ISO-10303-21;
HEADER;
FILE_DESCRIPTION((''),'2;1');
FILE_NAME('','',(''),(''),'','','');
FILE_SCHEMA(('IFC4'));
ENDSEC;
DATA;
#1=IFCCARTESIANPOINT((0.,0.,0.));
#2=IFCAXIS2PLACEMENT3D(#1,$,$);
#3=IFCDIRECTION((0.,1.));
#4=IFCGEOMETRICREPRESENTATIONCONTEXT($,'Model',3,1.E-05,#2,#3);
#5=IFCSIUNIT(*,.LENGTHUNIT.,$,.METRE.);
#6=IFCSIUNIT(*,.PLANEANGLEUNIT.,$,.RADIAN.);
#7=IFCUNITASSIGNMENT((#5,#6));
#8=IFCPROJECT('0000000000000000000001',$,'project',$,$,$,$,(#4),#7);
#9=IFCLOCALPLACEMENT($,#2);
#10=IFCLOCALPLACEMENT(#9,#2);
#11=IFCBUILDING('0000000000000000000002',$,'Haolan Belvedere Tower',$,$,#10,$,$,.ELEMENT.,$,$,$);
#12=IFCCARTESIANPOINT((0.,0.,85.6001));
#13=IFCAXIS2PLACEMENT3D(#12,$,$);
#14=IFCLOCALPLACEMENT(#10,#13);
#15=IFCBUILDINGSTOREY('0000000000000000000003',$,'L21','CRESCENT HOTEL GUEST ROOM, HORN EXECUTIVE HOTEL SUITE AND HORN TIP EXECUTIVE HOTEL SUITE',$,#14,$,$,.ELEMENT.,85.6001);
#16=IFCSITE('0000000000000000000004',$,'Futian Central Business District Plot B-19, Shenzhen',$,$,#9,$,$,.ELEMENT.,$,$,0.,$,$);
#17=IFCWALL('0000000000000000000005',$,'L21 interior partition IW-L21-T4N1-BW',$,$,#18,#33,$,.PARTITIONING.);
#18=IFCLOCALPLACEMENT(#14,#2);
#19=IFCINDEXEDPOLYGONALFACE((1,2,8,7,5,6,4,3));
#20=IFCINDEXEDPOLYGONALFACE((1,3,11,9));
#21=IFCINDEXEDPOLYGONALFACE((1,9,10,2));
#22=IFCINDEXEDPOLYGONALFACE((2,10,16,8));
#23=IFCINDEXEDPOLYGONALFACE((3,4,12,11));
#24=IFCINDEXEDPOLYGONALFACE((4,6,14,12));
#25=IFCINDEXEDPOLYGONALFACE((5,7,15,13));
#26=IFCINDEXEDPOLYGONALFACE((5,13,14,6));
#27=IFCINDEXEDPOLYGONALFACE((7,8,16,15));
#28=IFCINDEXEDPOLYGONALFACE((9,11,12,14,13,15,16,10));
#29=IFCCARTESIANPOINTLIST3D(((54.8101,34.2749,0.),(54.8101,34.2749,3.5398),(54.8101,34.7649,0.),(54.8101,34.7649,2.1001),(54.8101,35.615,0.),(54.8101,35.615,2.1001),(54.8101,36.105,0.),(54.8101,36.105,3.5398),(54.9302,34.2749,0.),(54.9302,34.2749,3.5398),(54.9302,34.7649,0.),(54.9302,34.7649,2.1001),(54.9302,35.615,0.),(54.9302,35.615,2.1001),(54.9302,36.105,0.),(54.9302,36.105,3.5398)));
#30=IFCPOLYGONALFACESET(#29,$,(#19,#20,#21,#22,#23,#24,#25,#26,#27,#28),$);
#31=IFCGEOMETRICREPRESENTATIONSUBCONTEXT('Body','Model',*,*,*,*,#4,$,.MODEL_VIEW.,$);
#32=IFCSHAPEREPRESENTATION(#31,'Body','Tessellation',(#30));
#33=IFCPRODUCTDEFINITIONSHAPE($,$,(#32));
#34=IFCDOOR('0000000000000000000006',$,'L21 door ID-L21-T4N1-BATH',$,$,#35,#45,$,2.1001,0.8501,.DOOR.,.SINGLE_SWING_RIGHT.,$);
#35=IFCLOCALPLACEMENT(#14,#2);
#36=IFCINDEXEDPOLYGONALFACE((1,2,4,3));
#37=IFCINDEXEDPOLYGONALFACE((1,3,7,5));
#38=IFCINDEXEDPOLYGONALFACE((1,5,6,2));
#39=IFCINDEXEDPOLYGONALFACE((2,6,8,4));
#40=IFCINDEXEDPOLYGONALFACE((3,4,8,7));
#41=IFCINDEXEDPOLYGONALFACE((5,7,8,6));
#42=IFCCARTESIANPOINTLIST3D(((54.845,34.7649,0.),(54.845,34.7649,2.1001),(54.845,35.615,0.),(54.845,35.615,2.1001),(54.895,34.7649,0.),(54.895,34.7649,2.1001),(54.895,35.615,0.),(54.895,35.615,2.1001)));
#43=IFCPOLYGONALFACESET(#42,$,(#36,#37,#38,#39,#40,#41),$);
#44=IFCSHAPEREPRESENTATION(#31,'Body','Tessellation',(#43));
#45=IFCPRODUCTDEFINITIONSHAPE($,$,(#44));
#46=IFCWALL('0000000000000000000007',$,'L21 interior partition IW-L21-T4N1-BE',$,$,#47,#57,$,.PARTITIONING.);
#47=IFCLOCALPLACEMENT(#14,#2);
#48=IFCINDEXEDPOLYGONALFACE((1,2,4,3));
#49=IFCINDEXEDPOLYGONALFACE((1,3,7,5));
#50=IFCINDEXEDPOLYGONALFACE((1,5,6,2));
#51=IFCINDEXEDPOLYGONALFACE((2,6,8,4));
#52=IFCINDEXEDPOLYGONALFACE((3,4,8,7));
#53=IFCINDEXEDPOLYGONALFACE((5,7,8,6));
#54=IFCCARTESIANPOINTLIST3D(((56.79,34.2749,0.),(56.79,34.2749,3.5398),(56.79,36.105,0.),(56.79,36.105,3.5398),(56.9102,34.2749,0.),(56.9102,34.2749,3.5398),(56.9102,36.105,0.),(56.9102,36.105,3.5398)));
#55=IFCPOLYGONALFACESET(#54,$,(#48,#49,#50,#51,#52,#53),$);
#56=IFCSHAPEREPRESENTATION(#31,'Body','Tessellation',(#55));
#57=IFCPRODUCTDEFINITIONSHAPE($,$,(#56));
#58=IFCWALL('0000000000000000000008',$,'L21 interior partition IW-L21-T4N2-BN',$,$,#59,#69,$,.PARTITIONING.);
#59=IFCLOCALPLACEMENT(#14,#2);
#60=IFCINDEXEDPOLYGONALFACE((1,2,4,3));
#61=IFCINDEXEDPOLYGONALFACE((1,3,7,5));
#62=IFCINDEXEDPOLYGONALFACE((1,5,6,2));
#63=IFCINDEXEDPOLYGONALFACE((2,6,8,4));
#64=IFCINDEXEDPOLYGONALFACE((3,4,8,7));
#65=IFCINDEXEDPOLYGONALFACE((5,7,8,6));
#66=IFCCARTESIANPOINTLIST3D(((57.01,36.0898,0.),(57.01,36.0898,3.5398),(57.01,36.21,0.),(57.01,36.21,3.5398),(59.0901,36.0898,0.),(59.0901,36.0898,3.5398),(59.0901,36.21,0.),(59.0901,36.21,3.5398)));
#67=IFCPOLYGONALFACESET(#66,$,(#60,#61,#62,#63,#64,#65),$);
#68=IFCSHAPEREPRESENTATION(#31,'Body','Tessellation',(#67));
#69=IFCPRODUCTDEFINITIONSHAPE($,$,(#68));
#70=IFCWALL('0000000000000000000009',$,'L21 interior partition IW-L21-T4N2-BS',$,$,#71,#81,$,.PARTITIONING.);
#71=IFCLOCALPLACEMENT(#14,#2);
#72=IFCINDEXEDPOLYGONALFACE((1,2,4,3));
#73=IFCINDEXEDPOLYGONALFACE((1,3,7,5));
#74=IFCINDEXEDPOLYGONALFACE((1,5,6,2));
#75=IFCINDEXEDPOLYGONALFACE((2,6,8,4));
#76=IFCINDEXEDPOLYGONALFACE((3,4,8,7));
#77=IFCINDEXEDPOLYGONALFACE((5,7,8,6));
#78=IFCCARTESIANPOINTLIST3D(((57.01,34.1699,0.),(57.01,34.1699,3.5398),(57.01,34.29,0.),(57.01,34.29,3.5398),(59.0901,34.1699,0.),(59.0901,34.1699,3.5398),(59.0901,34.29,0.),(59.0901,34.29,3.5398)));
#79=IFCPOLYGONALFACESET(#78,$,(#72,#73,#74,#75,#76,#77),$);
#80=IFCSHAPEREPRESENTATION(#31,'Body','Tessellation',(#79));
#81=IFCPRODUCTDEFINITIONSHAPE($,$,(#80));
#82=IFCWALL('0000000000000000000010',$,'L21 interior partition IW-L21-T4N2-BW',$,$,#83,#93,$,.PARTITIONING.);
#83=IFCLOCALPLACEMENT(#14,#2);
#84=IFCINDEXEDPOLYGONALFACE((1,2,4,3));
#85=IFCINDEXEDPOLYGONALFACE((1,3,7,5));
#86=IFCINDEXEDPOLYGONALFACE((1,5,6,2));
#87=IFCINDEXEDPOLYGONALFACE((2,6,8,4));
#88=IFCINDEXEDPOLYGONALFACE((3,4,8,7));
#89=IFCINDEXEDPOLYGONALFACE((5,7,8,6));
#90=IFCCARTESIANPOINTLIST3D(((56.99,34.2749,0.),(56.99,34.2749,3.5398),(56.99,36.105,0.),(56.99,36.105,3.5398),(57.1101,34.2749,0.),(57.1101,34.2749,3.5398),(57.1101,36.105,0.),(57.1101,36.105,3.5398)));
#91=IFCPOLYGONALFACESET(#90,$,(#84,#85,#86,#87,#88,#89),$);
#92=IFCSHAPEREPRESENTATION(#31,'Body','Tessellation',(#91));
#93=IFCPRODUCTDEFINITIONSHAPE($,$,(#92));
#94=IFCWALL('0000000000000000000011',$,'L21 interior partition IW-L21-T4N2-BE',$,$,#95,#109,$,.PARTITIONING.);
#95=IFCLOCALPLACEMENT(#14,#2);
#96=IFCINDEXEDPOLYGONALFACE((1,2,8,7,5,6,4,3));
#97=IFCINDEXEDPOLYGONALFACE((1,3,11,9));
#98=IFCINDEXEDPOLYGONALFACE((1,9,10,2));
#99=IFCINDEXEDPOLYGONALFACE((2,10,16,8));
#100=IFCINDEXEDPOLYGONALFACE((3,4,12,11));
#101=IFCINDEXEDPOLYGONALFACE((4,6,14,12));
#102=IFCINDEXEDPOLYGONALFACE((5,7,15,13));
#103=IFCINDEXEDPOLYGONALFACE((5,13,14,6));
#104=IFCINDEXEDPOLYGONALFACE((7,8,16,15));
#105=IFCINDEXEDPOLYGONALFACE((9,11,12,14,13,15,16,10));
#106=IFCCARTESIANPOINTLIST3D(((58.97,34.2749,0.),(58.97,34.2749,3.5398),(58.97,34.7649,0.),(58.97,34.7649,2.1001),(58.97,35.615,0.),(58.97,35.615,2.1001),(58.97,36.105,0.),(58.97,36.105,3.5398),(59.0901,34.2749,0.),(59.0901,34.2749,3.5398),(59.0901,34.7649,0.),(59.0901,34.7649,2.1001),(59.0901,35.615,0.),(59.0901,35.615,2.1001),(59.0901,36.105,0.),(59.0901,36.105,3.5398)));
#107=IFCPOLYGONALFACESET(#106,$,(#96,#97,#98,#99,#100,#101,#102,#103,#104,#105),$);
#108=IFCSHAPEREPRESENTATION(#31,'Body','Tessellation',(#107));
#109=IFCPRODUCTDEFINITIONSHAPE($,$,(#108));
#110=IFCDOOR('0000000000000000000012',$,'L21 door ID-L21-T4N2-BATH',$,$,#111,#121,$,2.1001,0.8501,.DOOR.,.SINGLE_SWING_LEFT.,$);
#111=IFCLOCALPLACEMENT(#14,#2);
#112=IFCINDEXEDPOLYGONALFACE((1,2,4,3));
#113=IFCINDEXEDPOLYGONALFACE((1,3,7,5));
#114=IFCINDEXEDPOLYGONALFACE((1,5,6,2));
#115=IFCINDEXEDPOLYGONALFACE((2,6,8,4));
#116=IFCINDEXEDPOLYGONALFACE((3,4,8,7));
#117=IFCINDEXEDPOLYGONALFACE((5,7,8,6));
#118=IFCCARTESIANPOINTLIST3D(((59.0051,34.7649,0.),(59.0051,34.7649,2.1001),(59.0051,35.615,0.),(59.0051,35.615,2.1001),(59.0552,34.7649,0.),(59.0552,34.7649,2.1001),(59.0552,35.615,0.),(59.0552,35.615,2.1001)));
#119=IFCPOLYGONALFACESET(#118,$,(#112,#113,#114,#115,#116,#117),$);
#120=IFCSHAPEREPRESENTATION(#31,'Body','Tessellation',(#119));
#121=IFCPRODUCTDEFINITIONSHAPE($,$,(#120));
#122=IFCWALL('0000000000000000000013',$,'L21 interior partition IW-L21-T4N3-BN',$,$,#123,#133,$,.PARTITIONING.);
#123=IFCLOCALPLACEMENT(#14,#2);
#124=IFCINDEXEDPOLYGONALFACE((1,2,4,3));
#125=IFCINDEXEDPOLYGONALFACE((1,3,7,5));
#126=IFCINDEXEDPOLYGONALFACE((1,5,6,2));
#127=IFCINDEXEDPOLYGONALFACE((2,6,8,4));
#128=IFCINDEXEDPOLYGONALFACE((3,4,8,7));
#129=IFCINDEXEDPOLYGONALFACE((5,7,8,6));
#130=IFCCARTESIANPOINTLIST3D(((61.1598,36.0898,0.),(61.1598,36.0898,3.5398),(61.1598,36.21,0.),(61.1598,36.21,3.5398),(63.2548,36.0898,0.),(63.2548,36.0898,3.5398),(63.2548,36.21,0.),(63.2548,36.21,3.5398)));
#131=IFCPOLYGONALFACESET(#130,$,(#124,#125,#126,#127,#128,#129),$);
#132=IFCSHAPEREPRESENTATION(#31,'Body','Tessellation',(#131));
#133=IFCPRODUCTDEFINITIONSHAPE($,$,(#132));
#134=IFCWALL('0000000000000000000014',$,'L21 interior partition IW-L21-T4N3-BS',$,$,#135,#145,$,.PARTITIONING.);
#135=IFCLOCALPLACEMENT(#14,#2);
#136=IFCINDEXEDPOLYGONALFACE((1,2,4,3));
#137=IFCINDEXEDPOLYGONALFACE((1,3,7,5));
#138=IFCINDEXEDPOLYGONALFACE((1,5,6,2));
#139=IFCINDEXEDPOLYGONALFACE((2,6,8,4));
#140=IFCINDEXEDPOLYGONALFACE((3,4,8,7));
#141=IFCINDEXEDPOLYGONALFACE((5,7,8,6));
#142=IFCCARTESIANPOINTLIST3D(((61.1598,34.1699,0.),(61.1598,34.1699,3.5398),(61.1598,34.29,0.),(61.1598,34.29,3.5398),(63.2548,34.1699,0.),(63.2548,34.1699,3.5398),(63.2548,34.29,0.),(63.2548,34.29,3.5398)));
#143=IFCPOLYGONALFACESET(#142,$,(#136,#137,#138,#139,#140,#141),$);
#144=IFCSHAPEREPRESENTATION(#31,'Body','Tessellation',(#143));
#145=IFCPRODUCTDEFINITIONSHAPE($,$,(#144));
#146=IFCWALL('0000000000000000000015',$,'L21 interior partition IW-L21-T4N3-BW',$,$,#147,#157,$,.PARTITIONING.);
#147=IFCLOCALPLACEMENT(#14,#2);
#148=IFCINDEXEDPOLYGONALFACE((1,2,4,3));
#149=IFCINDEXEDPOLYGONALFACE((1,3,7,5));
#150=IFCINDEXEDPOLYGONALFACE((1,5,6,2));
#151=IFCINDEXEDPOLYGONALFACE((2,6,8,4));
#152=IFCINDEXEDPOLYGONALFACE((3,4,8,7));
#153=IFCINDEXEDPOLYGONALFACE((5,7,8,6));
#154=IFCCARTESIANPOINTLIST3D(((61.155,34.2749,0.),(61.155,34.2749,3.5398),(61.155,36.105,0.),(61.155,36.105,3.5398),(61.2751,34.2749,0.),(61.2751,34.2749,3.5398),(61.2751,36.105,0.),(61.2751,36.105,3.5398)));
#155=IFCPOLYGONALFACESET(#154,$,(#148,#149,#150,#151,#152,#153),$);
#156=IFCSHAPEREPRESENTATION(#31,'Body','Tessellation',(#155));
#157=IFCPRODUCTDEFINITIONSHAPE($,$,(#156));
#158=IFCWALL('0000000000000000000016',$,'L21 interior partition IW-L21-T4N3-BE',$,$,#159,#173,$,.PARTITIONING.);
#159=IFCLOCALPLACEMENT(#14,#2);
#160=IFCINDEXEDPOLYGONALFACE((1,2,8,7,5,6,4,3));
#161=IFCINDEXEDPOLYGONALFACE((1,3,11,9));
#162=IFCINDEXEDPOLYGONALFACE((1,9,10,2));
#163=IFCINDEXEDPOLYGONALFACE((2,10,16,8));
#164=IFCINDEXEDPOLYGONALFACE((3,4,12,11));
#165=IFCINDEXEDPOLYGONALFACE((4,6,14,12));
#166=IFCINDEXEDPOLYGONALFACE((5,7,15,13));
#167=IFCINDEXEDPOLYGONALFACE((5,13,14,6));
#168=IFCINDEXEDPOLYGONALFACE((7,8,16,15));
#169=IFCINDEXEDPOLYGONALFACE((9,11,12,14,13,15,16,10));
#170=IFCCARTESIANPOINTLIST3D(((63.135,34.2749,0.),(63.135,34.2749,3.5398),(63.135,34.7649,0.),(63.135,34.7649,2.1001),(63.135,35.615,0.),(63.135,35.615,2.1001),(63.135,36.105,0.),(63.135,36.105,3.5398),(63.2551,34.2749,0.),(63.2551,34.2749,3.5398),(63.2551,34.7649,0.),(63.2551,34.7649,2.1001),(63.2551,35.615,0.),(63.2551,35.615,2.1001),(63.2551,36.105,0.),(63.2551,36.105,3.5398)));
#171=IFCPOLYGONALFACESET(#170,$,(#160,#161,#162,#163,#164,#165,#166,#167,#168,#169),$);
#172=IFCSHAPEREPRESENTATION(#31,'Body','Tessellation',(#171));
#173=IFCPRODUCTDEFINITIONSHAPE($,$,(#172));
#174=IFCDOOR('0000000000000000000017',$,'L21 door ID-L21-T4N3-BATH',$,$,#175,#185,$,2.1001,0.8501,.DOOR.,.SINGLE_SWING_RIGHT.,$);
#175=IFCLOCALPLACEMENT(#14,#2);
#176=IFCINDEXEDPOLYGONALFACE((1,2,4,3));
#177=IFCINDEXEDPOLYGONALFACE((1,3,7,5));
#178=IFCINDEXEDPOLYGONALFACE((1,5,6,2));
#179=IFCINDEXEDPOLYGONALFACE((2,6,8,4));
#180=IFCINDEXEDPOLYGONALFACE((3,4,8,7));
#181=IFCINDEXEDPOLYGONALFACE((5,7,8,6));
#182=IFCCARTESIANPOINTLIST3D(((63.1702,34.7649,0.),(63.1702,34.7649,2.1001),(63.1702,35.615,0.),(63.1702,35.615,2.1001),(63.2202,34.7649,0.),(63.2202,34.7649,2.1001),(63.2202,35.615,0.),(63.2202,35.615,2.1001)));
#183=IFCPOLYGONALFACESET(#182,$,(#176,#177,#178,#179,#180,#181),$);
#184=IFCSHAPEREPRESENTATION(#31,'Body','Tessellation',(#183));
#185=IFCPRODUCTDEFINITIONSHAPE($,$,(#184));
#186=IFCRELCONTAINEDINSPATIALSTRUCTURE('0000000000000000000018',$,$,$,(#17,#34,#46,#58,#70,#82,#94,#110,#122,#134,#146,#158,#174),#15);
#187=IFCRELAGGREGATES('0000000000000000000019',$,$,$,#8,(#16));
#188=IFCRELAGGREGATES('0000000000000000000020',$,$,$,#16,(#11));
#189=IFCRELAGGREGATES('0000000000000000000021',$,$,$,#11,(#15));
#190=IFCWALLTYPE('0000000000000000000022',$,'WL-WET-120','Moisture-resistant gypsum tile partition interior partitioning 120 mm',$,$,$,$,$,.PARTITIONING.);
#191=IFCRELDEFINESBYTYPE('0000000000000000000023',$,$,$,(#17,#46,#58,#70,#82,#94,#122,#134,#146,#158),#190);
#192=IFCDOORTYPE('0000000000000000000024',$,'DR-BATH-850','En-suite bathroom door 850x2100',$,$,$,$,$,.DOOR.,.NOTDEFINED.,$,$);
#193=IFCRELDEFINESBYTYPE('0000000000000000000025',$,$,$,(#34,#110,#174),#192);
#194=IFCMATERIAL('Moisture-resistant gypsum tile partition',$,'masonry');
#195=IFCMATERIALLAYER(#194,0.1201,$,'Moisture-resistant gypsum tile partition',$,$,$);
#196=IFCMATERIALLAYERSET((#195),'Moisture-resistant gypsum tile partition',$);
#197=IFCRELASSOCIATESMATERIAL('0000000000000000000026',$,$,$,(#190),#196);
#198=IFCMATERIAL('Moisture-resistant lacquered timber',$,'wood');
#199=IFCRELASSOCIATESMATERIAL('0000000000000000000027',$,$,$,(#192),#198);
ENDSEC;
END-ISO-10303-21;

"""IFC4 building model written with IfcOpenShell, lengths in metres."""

from ifc_helpers import new_model, si_unit, direction, frame, frame_2d, origin, place, context, subcontext, project, spatial, rectangle, extrude, material, layer, layer_set, type_object, element, fill, save


model = new_model("IFC4")

# Units and contexts
model_context = context("Model", 3, precision=1e-05, world=origin(), true_north=direction((0.0, 1.0)))
body_context = subcontext(model_context, "Body", "Model", "MODEL_VIEW")
ifc_project = project(units=[si_unit("LENGTHUNIT", "METRE"), si_unit("PLANEANGLEUNIT", "RADIAN")], contexts=[model_context])

# Site, building, storey
site_placement = place(None, origin())
site = spatial("IfcSite", under=ifc_project, at=site_placement, Name="Futian Central Business District Plot B-19, Shenzhen", CompositionType="ELEMENT", RefElevation=0.0)
building_placement = place(site_placement, origin())
building = spatial("IfcBuilding", under=site, at=building_placement, Name="Haolan Belvedere Tower", CompositionType="ELEMENT")
storey_placement = place(building_placement, frame((0.0, 0.0, 85.6001)))
storey = spatial("IfcBuildingStorey", under=building, at=storey_placement, Name="L21", Description="CRESCENT HOTEL GUEST ROOM, HORN EXECUTIVE HOTEL SUITE AND HORN TIP EXECUTIVE HOTEL SUITE", CompositionType="ELEMENT", Elevation=85.6001)

# Shared definitions
ifc_material_1 = material(Name="Moisture-resistant gypsum tile partition", Category="masonry")
ifc_layer_1 = layer(ifc_material_1, 0.1201, Name="Moisture-resistant gypsum tile partition")
ifc_layer_set_1 = layer_set([ifc_layer_1], Name="Moisture-resistant gypsum tile partition")
wall_type_1 = type_object("IfcWallType", Name="WL-WET-120", Description="Moisture-resistant gypsum tile partition interior partitioning 120 mm", PredefinedType="PARTITIONING", material=ifc_layer_set_1)

# Wall, opening, door
wall_1_placement = place(storey_placement, frame((54.8701, 34.2749, 0.0), z_axis=(0.0, 0.0, 1.0), x_axis=(0.0, 1.0, 0.0)))
wall_1 = element("IfcWall", 1, at=wall_1_placement, inside=storey, type_object=wall_type_1, Name="L21 interior partition IW-L21-T4N1-BW", PredefinedType="PARTITIONING", context=body_context, shape_type="SweptSolid", body=[
    extrude(rectangle(XDim=1.8301, YDim=0.1201, at=frame_2d((0.915, 0.0))), origin(), (0.0, 0.0, 1.0), 3.5398),
])
opening_1_placement = place(wall_1_placement, frame((1.3401, 0.0, 0.0), z_axis=(0.0, 0.0, 1.0), x_axis=(-1.0, 0.0, 0.0)))
opening_1 = element("IfcOpeningElement", 2, at=opening_1_placement, cuts=wall_1, PredefinedType="OPENING", context=body_context, shape_type="SweptSolid", body=[
    extrude(rectangle(XDim=0.8501, YDim=2.1001, at=frame_2d((0.425, 1.05))), frame((0.0, 0.0701, 0.0), z_axis=(0.0, -1.0, 0.0), x_axis=(1.0, 0.0, 0.0)), (0.0, 0.0, 1.0), 0.1401),
])
ifc_material_2 = material(Name="Moisture-resistant lacquered timber", Category="wood")
door_type = type_object("IfcDoorType", Name="DR-BATH-850", Description="En-suite bathroom door 850x2100", OperationType="NOTDEFINED", PredefinedType="DOOR", material=ifc_material_2)
door_1_placement = place(opening_1_placement, origin())
door_1 = element("IfcDoor", 3, at=door_1_placement, inside=storey, type_object=door_type, Name="L21 door ID-L21-T4N1-BATH", OperationType="SINGLE_SWING_RIGHT", OverallHeight=2.1001, OverallWidth=0.8501, PredefinedType="DOOR", context=body_context, shape_type="SweptSolid", body=[
    extrude(rectangle(XDim=0.8501, YDim=2.1001, at=frame_2d((0.425, 1.05))), frame((0.0, 0.0249, 0.0), z_axis=(0.0, -1.0, 0.0), x_axis=(1.0, 0.0, 0.0)), (0.0, 0.0, 1.0), 0.05),
])
fill(opening_1, door_1)

# Walls
wall_2_placement = place(storey_placement, frame((56.8501, 34.2749, 0.0), z_axis=(0.0, 0.0, 1.0), x_axis=(0.0, 1.0, 0.0)))
element("IfcWall", 4, at=wall_2_placement, inside=storey, type_object=wall_type_1, Name="L21 interior partition IW-L21-T4N1-BE", PredefinedType="PARTITIONING", context=body_context, shape_type="SweptSolid", body=[
    extrude(rectangle(XDim=1.8301, YDim=0.1201, at=frame_2d((0.915, 0.0))), origin(), (0.0, 0.0, 1.0), 3.5398),
])
for number, where, z_axis, x_axis, name in (
    (5, (57.01, 36.1499, 0.0), (0.0, 0.0, 1.0), (1.0, 0.0, 0.0), "L21 interior partition IW-L21-T4N2-BN"),
    (6, (57.01, 34.23, 0.0), (0.0, 0.0, 1.0), (1.0, 0.0, 0.0), "L21 interior partition IW-L21-T4N2-BS"),
):
    element("IfcWall", number, at=place(storey_placement, frame(where, z_axis=z_axis, x_axis=x_axis)), inside=storey, type_object=wall_type_1, Name=name, PredefinedType="PARTITIONING", context=body_context, shape_type="SweptSolid", body=[
        extrude(rectangle(XDim=2.0801, YDim=0.1201, at=frame_2d((1.04, 0.0))), origin(), (0.0, 0.0, 1.0), 3.5398),
    ])
wall_3_placement = place(storey_placement, frame((57.05, 34.2749, 0.0), z_axis=(0.0, 0.0, 1.0), x_axis=(0.0, 1.0, 0.0)))
element("IfcWall", 7, at=wall_3_placement, inside=storey, type_object=wall_type_1, Name="L21 interior partition IW-L21-T4N2-BW", PredefinedType="PARTITIONING", context=body_context, shape_type="SweptSolid", body=[
    extrude(rectangle(XDim=1.8301, YDim=0.1201, at=frame_2d((0.915, 0.0))), origin(), (0.0, 0.0, 1.0), 3.5398),
])

# Wall, opening, door
wall_4_placement = place(storey_placement, frame((59.03, 34.2749, 0.0), z_axis=(0.0, 0.0, 1.0), x_axis=(0.0, 1.0, 0.0)))
wall_4 = element("IfcWall", 8, at=wall_4_placement, inside=storey, type_object=wall_type_1, Name="L21 interior partition IW-L21-T4N2-BE", PredefinedType="PARTITIONING", context=body_context, shape_type="SweptSolid", body=[
    extrude(rectangle(XDim=1.8301, YDim=0.1201, at=frame_2d((0.915, 0.0))), origin(), (0.0, 0.0, 1.0), 3.5398),
])
opening_2_placement = place(wall_4_placement, frame((0.49, 0.0, 0.0)))
opening_2 = element("IfcOpeningElement", 9, at=opening_2_placement, cuts=wall_4, PredefinedType="OPENING", context=body_context, shape_type="SweptSolid", body=[
    extrude(rectangle(XDim=0.8501, YDim=2.1001, at=frame_2d((0.425, 1.05))), frame((0.0, 0.0701, 0.0), z_axis=(0.0, -1.0, 0.0), x_axis=(1.0, 0.0, 0.0)), (0.0, 0.0, 1.0), 0.1401),
])
door_2_placement = place(opening_2_placement, origin())
door_2 = element("IfcDoor", 10, at=door_2_placement, inside=storey, type_object=door_type, Name="L21 door ID-L21-T4N2-BATH", OperationType="SINGLE_SWING_LEFT", OverallHeight=2.1001, OverallWidth=0.8501, PredefinedType="DOOR", context=body_context, shape_type="SweptSolid", body=[
    extrude(rectangle(XDim=0.8501, YDim=2.1001, at=frame_2d((0.425, 1.05))), frame((0.0, 0.0249, 0.0), z_axis=(0.0, -1.0, 0.0), x_axis=(1.0, 0.0, 0.0)), (0.0, 0.0, 1.0), 0.05),
])
fill(opening_2, door_2)

# Walls
for number, where, z_axis, x_axis, name in (
    (11, (61.1599, 36.1499, 0.0), (0.0, 0.0, 1.0), (1.0, 0.0, 0.0), "L21 interior partition IW-L21-T4N3-BN"),
    (12, (61.1599, 34.23, 0.0), (0.0, 0.0, 1.0), (1.0, 0.0, 0.0), "L21 interior partition IW-L21-T4N3-BS"),
):
    element("IfcWall", number, at=place(storey_placement, frame(where, z_axis=z_axis, x_axis=x_axis)), inside=storey, type_object=wall_type_1, Name=name, PredefinedType="PARTITIONING", context=body_context, shape_type="SweptSolid", body=[
        extrude(rectangle(XDim=2.095, YDim=0.1201, at=frame_2d((1.0474, 0.0))), origin(), (0.0, 0.0, 1.0), 3.5398),
    ])
wall_5_placement = place(storey_placement, frame((61.2151, 34.2749, 0.0), z_axis=(0.0, 0.0, 1.0), x_axis=(0.0, 1.0, 0.0)))
element("IfcWall", 13, at=wall_5_placement, inside=storey, type_object=wall_type_1, Name="L21 interior partition IW-L21-T4N3-BW", PredefinedType="PARTITIONING", context=body_context, shape_type="SweptSolid", body=[
    extrude(rectangle(XDim=1.8301, YDim=0.1201, at=frame_2d((0.915, 0.0))), origin(), (0.0, 0.0, 1.0), 3.5398),
])

# Wall, opening, door
wall_6_placement = place(storey_placement, frame((63.1951, 34.2749, 0.0), z_axis=(0.0, 0.0, 1.0), x_axis=(0.0, 1.0, 0.0)))
wall_6 = element("IfcWall", 14, at=wall_6_placement, inside=storey, type_object=wall_type_1, Name="L21 interior partition IW-L21-T4N3-BE", PredefinedType="PARTITIONING", context=body_context, shape_type="SweptSolid", body=[
    extrude(rectangle(XDim=1.8301, YDim=0.1201, at=frame_2d((0.915, 0.0))), origin(), (0.0, 0.0, 1.0), 3.5398),
])
opening_3_placement = place(wall_6_placement, frame((0.49, 0.0, 0.0)))
opening_3 = element("IfcOpeningElement", 15, at=opening_3_placement, cuts=wall_6, PredefinedType="OPENING", context=body_context, shape_type="SweptSolid", body=[
    extrude(rectangle(XDim=0.8501, YDim=2.1001, at=frame_2d((0.425, 1.05))), frame((0.0, 0.0701, 0.0), z_axis=(0.0, -1.0, 0.0), x_axis=(1.0, 0.0, 0.0)), (0.0, 0.0, 1.0), 0.1401),
])
door_3_placement = place(opening_3_placement, origin())
door_3 = element("IfcDoor", 16, at=door_3_placement, inside=storey, type_object=door_type, Name="L21 door ID-L21-T4N3-BATH", OperationType="SINGLE_SWING_RIGHT", OverallHeight=2.1001, OverallWidth=0.8501, PredefinedType="DOOR", context=body_context, shape_type="SweptSolid", body=[
    extrude(rectangle(XDim=0.8501, YDim=2.1001, at=frame_2d((0.425, 1.05))), frame((0.0, 0.0249, 0.0), z_axis=(0.0, -1.0, 0.0), x_axis=(1.0, 0.0, 0.0)), (0.0, 0.0, 1.0), 0.05),
])
fill(opening_3, door_3)

save(model, "model.ifc")
